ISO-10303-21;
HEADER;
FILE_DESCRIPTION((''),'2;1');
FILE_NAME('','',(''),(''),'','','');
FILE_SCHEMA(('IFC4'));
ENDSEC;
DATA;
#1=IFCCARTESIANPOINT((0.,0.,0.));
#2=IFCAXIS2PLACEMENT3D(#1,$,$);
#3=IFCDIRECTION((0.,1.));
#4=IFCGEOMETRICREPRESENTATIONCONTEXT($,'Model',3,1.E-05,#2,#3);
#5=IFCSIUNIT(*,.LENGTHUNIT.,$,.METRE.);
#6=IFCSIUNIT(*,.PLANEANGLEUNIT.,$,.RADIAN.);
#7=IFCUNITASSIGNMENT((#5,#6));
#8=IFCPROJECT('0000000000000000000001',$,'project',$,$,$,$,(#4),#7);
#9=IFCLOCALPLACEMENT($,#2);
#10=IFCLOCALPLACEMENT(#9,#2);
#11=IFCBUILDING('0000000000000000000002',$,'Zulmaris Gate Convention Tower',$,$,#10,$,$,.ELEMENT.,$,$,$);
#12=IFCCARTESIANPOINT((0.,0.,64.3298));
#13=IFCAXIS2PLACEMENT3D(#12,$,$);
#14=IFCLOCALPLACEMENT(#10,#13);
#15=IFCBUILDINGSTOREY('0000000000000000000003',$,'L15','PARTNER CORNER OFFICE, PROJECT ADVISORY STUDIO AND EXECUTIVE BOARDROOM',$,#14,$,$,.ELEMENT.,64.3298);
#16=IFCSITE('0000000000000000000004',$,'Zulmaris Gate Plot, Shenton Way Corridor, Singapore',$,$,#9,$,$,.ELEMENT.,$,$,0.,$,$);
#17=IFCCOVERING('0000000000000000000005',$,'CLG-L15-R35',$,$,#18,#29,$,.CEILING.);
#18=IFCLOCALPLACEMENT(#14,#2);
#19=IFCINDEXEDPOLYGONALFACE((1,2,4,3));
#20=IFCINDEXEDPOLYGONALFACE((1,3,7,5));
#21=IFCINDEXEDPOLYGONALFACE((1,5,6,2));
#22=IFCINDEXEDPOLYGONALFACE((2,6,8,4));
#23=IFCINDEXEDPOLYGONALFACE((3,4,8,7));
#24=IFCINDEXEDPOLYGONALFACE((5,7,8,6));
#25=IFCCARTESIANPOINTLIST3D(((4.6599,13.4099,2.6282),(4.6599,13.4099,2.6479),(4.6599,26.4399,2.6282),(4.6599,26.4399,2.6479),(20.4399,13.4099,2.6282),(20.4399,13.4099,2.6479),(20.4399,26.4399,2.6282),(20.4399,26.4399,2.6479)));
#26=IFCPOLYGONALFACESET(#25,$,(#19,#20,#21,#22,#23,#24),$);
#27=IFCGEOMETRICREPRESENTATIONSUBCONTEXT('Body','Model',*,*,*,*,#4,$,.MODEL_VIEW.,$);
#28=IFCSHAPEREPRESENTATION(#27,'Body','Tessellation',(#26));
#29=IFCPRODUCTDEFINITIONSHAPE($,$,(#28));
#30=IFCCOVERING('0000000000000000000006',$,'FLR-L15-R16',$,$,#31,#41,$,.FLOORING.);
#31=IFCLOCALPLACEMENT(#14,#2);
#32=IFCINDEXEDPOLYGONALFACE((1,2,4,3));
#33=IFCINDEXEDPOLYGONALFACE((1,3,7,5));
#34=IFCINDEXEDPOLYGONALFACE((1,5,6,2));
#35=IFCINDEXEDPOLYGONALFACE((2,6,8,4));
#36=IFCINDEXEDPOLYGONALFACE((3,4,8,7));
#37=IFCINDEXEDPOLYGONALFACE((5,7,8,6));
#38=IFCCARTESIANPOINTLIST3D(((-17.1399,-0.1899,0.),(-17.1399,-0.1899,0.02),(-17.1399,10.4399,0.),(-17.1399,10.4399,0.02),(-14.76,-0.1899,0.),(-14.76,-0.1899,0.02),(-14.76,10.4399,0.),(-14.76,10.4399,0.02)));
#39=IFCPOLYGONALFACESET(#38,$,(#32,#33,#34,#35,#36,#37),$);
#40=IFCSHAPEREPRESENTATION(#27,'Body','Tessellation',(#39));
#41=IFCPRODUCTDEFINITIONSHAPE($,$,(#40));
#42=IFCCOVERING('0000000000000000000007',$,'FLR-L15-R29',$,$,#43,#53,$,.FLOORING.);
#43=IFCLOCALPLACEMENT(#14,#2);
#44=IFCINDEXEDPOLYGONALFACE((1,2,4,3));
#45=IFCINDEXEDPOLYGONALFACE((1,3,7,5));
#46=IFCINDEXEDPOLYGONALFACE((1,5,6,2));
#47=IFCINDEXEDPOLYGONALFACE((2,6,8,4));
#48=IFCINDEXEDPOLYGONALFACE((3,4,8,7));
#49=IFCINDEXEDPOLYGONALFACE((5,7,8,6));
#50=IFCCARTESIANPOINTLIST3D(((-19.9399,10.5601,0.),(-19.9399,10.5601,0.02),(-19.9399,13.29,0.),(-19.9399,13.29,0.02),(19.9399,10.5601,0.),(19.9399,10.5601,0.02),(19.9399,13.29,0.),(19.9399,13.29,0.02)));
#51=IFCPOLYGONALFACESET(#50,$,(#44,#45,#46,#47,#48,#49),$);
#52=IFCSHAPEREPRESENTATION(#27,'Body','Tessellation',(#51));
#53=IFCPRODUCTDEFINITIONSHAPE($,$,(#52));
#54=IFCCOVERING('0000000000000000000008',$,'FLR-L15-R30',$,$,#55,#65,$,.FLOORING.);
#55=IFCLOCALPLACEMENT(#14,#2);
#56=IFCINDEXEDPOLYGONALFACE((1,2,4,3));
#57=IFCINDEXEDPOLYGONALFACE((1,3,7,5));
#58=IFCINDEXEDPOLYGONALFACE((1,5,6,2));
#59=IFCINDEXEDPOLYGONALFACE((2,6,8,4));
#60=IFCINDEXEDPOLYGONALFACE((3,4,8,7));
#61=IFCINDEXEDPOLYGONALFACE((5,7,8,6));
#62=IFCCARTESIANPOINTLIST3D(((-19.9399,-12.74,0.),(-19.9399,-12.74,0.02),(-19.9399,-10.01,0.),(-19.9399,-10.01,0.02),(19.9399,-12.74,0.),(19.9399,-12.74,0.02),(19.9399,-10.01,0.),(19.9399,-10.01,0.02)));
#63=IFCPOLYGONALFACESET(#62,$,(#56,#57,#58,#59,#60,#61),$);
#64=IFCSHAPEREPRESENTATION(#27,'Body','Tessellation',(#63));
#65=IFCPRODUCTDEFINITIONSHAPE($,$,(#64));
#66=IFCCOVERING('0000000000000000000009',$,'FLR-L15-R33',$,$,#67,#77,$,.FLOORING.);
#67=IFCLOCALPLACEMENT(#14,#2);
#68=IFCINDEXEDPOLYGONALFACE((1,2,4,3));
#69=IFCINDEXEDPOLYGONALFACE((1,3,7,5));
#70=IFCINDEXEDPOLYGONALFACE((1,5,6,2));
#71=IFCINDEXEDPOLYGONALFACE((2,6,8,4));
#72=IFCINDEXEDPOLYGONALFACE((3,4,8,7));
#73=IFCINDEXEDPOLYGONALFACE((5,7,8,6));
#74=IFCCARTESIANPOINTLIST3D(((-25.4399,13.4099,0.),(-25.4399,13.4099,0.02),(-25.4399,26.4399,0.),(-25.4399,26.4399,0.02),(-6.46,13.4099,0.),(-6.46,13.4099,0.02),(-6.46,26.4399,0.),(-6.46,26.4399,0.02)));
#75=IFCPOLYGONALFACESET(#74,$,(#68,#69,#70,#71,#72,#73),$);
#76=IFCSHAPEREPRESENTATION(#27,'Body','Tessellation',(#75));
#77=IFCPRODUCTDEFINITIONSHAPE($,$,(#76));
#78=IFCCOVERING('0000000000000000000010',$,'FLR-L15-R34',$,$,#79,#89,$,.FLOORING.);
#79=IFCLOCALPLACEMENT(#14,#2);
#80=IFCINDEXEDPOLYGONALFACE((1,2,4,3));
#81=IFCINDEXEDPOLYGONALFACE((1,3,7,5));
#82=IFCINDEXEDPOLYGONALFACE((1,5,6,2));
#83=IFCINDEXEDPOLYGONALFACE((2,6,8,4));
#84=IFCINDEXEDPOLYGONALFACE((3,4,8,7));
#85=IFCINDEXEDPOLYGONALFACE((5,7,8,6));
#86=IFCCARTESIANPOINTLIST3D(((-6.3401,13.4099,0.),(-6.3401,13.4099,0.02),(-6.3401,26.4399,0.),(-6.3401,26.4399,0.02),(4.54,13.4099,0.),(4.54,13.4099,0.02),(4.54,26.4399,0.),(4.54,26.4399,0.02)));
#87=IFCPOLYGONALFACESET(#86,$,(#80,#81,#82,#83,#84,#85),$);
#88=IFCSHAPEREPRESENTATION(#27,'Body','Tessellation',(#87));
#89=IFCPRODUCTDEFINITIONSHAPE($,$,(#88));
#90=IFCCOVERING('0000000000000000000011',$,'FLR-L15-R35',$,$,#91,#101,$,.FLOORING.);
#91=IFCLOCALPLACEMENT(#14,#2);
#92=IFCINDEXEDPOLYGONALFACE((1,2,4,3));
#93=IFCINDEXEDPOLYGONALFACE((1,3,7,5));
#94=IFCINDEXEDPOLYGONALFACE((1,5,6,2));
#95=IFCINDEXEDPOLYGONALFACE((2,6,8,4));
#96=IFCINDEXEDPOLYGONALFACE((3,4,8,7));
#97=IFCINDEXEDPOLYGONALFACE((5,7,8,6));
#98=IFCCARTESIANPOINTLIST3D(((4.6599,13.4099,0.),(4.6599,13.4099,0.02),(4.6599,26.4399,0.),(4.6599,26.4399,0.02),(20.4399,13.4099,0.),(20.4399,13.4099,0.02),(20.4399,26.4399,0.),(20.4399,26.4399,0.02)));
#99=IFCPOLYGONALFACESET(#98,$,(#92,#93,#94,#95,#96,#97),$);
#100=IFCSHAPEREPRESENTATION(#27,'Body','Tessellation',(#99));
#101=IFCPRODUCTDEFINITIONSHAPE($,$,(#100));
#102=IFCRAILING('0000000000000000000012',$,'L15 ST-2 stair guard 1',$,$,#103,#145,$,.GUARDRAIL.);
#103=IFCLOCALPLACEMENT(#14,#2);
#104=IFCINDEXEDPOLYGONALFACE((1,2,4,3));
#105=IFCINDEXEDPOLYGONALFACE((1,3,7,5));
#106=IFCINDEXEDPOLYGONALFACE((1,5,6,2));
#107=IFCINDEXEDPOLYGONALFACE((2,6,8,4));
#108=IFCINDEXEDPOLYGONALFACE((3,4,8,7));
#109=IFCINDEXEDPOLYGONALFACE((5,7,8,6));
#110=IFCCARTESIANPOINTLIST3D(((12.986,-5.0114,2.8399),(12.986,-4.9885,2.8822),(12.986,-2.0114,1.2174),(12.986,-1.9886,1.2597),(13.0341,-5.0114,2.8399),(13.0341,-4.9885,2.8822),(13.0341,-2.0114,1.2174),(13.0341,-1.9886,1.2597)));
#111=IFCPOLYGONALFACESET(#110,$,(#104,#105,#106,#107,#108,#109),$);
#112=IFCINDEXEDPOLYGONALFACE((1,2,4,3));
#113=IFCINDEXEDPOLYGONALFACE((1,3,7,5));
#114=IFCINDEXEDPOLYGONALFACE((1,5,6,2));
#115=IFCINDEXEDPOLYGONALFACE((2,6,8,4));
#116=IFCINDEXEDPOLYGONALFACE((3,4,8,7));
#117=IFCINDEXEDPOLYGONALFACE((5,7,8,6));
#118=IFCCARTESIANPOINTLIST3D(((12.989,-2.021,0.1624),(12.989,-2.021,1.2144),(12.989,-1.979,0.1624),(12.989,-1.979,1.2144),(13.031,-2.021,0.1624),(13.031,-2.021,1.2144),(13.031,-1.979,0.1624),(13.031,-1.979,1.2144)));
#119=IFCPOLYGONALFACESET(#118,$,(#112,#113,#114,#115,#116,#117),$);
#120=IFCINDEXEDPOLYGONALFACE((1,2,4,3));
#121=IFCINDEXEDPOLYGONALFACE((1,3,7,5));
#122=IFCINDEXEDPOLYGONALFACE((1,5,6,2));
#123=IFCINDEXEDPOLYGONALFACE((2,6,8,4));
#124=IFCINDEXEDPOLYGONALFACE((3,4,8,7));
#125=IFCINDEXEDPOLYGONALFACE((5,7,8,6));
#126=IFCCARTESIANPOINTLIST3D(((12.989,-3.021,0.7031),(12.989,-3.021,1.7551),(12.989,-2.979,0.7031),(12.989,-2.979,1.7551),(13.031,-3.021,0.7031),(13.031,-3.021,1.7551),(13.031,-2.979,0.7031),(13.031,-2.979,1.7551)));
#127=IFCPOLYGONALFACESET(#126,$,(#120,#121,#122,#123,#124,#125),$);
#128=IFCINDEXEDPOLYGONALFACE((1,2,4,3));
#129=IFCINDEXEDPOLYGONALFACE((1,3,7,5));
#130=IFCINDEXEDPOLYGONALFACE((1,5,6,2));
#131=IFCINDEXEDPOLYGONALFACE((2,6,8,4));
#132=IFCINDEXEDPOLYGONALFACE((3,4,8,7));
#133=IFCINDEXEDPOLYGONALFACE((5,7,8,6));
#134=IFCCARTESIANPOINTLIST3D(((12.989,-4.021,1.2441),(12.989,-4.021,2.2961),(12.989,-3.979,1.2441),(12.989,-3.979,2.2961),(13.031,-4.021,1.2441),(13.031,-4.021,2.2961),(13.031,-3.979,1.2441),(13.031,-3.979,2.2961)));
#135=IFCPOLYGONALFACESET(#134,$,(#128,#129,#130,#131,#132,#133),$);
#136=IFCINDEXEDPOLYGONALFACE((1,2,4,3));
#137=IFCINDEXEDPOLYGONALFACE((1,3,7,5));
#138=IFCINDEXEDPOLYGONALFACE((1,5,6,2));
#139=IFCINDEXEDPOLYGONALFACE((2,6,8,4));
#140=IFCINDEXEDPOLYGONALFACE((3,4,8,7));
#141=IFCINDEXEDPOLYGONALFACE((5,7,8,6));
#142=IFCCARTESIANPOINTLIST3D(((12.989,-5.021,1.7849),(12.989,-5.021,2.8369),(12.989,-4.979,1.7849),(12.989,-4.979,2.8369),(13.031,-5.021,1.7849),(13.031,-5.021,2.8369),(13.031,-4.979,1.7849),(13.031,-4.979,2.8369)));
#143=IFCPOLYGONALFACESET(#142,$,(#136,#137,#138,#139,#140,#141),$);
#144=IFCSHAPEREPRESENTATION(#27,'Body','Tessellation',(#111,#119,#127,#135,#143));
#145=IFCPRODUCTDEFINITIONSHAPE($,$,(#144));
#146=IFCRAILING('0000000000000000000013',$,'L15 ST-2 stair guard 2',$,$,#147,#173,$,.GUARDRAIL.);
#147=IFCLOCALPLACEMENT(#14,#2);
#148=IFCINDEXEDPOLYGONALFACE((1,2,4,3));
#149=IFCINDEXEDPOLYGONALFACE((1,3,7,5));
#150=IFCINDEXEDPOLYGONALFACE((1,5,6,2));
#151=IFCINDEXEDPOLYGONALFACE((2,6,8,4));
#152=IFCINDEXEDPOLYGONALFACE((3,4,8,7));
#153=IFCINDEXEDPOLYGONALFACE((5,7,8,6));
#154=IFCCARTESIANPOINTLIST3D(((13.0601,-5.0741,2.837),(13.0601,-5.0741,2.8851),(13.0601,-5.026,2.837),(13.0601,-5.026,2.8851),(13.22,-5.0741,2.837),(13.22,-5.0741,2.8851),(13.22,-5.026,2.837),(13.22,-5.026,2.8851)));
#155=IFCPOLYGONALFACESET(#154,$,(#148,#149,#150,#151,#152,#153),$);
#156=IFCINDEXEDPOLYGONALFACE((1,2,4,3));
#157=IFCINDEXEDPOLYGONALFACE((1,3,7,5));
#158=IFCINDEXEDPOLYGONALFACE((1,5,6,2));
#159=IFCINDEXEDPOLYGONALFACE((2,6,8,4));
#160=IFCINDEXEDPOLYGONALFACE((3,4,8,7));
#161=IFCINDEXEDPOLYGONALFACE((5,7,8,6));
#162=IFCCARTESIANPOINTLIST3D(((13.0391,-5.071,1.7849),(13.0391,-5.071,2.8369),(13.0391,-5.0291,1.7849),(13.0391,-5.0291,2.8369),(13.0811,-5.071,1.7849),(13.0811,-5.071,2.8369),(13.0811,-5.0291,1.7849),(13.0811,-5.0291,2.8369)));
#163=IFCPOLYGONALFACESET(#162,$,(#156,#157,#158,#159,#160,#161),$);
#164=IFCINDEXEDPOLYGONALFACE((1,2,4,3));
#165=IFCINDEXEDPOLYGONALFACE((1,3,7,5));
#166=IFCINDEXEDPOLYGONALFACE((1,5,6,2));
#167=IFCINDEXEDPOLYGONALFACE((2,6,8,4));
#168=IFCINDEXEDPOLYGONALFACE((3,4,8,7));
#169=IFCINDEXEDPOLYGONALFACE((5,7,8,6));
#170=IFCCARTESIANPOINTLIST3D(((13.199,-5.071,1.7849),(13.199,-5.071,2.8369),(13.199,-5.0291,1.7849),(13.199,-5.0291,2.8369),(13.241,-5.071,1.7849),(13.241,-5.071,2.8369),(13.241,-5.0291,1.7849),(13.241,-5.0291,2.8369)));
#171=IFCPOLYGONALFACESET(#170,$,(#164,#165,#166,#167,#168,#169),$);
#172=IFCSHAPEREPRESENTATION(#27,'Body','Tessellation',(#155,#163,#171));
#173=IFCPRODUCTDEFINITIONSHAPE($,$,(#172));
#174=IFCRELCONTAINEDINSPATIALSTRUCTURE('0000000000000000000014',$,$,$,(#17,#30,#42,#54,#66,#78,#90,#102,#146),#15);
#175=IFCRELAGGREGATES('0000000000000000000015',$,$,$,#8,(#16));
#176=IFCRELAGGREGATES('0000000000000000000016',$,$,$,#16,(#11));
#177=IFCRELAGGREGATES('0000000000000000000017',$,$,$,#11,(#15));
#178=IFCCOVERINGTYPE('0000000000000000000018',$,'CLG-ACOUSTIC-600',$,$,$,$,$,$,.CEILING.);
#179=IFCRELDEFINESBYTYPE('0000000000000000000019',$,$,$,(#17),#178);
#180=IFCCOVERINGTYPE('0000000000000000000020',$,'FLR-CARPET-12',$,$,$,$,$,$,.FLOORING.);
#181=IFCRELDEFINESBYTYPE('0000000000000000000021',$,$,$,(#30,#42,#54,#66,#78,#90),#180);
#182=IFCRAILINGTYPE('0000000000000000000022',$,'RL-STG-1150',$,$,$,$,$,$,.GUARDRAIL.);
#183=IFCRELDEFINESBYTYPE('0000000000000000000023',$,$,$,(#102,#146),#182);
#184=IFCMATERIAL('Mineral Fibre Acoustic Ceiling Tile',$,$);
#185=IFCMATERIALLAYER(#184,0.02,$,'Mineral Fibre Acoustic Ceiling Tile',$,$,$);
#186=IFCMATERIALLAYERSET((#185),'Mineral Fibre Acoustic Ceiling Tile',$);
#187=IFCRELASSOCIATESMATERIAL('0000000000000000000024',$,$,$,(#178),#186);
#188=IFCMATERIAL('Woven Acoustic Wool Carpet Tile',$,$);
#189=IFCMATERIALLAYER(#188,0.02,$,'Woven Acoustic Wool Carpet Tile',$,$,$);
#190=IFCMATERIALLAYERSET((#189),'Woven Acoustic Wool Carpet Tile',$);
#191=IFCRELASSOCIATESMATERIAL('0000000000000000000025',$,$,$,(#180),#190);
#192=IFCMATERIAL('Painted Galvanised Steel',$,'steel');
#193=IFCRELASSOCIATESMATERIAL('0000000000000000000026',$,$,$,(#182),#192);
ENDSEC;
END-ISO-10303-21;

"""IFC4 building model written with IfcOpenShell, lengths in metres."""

from ifc_helpers import new_model, si_unit, direction, frame, origin, origin_2d, place, context, subcontext, project, spatial, polyline, rectangle, outline, extrude, material, layer, layer_set, type_object, element, save


model = new_model("IFC4")

# Units and contexts
model_context = context("Model", 3, precision=1e-05, world=origin(), true_north=direction((0.0, 1.0)))
body_context = subcontext(model_context, "Body", "Model", "MODEL_VIEW")
ifc_project = project(units=[si_unit("LENGTHUNIT", "METRE"), si_unit("PLANEANGLEUNIT", "RADIAN")], contexts=[model_context])

# Site, building, storey
site_placement = place(None, origin())
site = spatial("IfcSite", under=ifc_project, at=site_placement, Name="Zulmaris Gate Plot, Shenton Way Corridor, Singapore", CompositionType="ELEMENT", RefElevation=0.0)
building_placement = place(site_placement, origin())
building = spatial("IfcBuilding", under=site, at=building_placement, Name="Zulmaris Gate Convention Tower", CompositionType="ELEMENT")
storey_placement = place(building_placement, frame((0.0, 0.0, 64.3298)))
storey = spatial("IfcBuildingStorey", under=building, at=storey_placement, Name="L15", Description="PARTNER CORNER OFFICE, PROJECT ADVISORY STUDIO AND EXECUTIVE BOARDROOM", CompositionType="ELEMENT", Elevation=64.3298)

# Coverings
ifc_material_1 = material(Name="Mineral Fibre Acoustic Ceiling Tile")
ifc_layer_1 = layer(ifc_material_1, 0.02, Name="Mineral Fibre Acoustic Ceiling Tile")
ifc_layer_set_1 = layer_set([ifc_layer_1], Name="Mineral Fibre Acoustic Ceiling Tile")
covering_type_1 = type_object("IfcCoveringType", Name="CLG-ACOUSTIC-600", PredefinedType="CEILING", material=ifc_layer_set_1)
covering_1_placement = place(storey_placement, frame((0.0, 0.0, 2.6282)))
element("IfcCovering", 1, at=covering_1_placement, inside=storey, type_object=covering_type_1, Name="CLG-L15-R35", PredefinedType="CEILING", context=body_context, shape_type="SweptSolid", body=[
    extrude(outline(polyline([(4.6599, 13.4099), (20.4399, 13.4099), (20.4399, 26.4399), (4.6599, 26.4399), (4.6599, 13.4099)])), origin(), (0.0, 0.0, 1.0), 0.0198),
])
ifc_material_2 = material(Name="Woven Acoustic Wool Carpet Tile")
ifc_layer_2 = layer(ifc_material_2, 0.02, Name="Woven Acoustic Wool Carpet Tile")
ifc_layer_set_2 = layer_set([ifc_layer_2], Name="Woven Acoustic Wool Carpet Tile")
covering_type_2 = type_object("IfcCoveringType", Name="FLR-CARPET-12", PredefinedType="FLOORING", material=ifc_layer_set_2)
covering_2_placement = place(storey_placement, origin())
element("IfcCovering", 2, at=covering_2_placement, inside=storey, type_object=covering_type_2, Name="FLR-L15-R16", PredefinedType="FLOORING", context=body_context, shape_type="SweptSolid", body=[
    extrude(outline(polyline([(-17.1399, -0.1899), (-14.76, -0.1899), (-14.76, 10.4399), (-17.1399, 10.4399), (-17.1399, -0.1899)])), origin(), (0.0, 0.0, 1.0), 0.02),
])
covering_3_placement = place(storey_placement, origin())
element("IfcCovering", 3, at=covering_3_placement, inside=storey, type_object=covering_type_2, Name="FLR-L15-R29", PredefinedType="FLOORING", context=body_context, shape_type="SweptSolid", body=[
    extrude(outline(polyline([(-19.9399, 10.5601), (19.9399, 10.5601), (19.9399, 13.29), (-19.9399, 13.29), (-19.9399, 10.5601)])), origin(), (0.0, 0.0, 1.0), 0.02),
])
covering_4_placement = place(storey_placement, origin())
element("IfcCovering", 4, at=covering_4_placement, inside=storey, type_object=covering_type_2, Name="FLR-L15-R30", PredefinedType="FLOORING", context=body_context, shape_type="SweptSolid", body=[
    extrude(outline(polyline([(-19.9399, -12.74), (19.9399, -12.74), (19.9399, -10.01), (-19.9399, -10.01), (-19.9399, -12.74)])), origin(), (0.0, 0.0, 1.0), 0.02),
])
covering_5_placement = place(storey_placement, origin())
element("IfcCovering", 5, at=covering_5_placement, inside=storey, type_object=covering_type_2, Name="FLR-L15-R33", PredefinedType="FLOORING", context=body_context, shape_type="SweptSolid", body=[
    extrude(outline(polyline([(-25.4399, 13.4099), (-6.46, 13.4099), (-6.46, 26.4399), (-25.4399, 26.4399), (-25.4399, 13.4099)])), origin(), (0.0, 0.0, 1.0), 0.02),
])
covering_6_placement = place(storey_placement, origin())
element("IfcCovering", 6, at=covering_6_placement, inside=storey, type_object=covering_type_2, Name="FLR-L15-R34", PredefinedType="FLOORING", context=body_context, shape_type="SweptSolid", body=[
    extrude(outline(polyline([(-6.3401, 13.4099), (4.54, 13.4099), (4.54, 26.4399), (-6.3401, 26.4399), (-6.3401, 13.4099)])), origin(), (0.0, 0.0, 1.0), 0.02),
])
covering_7_placement = place(storey_placement, origin())
element("IfcCovering", 7, at=covering_7_placement, inside=storey, type_object=covering_type_2, Name="FLR-L15-R35", PredefinedType="FLOORING", context=body_context, shape_type="SweptSolid", body=[
    extrude(outline(polyline([(4.6599, 13.4099), (20.4399, 13.4099), (20.4399, 26.4399), (4.6599, 26.4399), (4.6599, 13.4099)])), origin(), (0.0, 0.0, 1.0), 0.02),
])

# Railings
ifc_material_3 = material(Name="Painted Galvanised Steel", Category="steel")
railing_type_1 = type_object("IfcRailingType", Name="RL-STG-1150", PredefinedType="GUARDRAIL", material=ifc_material_3)
railing_1_placement = place(storey_placement, frame((13.01, -2.0, 0.1624)))
element("IfcRailing", 8, at=railing_1_placement, inside=storey, type_object=railing_type_1, Name="L15 ST-2 stair guard 1", PredefinedType="GUARDRAIL", context=body_context, shape_type="SweptSolid", body=[
    extrude(rectangle(XDim=0.0481, YDim=0.0481, at=origin_2d()), frame((0.0, 0.0, 1.0762), z_axis=(0.0, -0.879592, 0.47573), x_axis=(1.0, 0.0, 0.0)), (0.0, 0.0, 1.0), 3.4106),
    extrude(rectangle(XDim=0.042, YDim=0.042, at=origin_2d()), origin(), (0.0, 0.0, 1.0), 1.052),
    extrude(rectangle(XDim=0.042, YDim=0.042, at=origin_2d()), frame((0.0, -1.0, 0.5408)), (0.0, 0.0, 1.0), 1.052),
    extrude(rectangle(XDim=0.042, YDim=0.042, at=origin_2d()), frame((0.0, -2.0, 1.0818)), (0.0, 0.0, 1.0), 1.052),
    extrude(rectangle(XDim=0.042, YDim=0.042, at=origin_2d()), frame((0.0, -3.0, 1.6226)), (0.0, 0.0, 1.0), 1.052),
])
railing_2_placement = place(storey_placement, frame((13.0601, -5.05, 1.7849)))
element("IfcRailing", 9, at=railing_2_placement, inside=storey, type_object=railing_type_1, Name="L15 ST-2 stair guard 2", PredefinedType="GUARDRAIL", context=body_context, shape_type="SweptSolid", body=[
    extrude(rectangle(XDim=0.0481, YDim=0.0481, at=origin_2d()), frame((0.0, 0.0, 1.0762), z_axis=(1.0, 0.0, 0.0), x_axis=(0.0, 1.0, 0.0)), (0.0, 0.0, 1.0), 0.1599),
    extrude(rectangle(XDim=0.042, YDim=0.042, at=origin_2d()), origin(), (0.0, 0.0, 1.0), 1.052),
    extrude(rectangle(XDim=0.042, YDim=0.042, at=origin_2d()), frame((0.1599, 0.0, 0.0)), (0.0, 0.0, 1.0), 1.052),
])

save(model, "model.ifc")
